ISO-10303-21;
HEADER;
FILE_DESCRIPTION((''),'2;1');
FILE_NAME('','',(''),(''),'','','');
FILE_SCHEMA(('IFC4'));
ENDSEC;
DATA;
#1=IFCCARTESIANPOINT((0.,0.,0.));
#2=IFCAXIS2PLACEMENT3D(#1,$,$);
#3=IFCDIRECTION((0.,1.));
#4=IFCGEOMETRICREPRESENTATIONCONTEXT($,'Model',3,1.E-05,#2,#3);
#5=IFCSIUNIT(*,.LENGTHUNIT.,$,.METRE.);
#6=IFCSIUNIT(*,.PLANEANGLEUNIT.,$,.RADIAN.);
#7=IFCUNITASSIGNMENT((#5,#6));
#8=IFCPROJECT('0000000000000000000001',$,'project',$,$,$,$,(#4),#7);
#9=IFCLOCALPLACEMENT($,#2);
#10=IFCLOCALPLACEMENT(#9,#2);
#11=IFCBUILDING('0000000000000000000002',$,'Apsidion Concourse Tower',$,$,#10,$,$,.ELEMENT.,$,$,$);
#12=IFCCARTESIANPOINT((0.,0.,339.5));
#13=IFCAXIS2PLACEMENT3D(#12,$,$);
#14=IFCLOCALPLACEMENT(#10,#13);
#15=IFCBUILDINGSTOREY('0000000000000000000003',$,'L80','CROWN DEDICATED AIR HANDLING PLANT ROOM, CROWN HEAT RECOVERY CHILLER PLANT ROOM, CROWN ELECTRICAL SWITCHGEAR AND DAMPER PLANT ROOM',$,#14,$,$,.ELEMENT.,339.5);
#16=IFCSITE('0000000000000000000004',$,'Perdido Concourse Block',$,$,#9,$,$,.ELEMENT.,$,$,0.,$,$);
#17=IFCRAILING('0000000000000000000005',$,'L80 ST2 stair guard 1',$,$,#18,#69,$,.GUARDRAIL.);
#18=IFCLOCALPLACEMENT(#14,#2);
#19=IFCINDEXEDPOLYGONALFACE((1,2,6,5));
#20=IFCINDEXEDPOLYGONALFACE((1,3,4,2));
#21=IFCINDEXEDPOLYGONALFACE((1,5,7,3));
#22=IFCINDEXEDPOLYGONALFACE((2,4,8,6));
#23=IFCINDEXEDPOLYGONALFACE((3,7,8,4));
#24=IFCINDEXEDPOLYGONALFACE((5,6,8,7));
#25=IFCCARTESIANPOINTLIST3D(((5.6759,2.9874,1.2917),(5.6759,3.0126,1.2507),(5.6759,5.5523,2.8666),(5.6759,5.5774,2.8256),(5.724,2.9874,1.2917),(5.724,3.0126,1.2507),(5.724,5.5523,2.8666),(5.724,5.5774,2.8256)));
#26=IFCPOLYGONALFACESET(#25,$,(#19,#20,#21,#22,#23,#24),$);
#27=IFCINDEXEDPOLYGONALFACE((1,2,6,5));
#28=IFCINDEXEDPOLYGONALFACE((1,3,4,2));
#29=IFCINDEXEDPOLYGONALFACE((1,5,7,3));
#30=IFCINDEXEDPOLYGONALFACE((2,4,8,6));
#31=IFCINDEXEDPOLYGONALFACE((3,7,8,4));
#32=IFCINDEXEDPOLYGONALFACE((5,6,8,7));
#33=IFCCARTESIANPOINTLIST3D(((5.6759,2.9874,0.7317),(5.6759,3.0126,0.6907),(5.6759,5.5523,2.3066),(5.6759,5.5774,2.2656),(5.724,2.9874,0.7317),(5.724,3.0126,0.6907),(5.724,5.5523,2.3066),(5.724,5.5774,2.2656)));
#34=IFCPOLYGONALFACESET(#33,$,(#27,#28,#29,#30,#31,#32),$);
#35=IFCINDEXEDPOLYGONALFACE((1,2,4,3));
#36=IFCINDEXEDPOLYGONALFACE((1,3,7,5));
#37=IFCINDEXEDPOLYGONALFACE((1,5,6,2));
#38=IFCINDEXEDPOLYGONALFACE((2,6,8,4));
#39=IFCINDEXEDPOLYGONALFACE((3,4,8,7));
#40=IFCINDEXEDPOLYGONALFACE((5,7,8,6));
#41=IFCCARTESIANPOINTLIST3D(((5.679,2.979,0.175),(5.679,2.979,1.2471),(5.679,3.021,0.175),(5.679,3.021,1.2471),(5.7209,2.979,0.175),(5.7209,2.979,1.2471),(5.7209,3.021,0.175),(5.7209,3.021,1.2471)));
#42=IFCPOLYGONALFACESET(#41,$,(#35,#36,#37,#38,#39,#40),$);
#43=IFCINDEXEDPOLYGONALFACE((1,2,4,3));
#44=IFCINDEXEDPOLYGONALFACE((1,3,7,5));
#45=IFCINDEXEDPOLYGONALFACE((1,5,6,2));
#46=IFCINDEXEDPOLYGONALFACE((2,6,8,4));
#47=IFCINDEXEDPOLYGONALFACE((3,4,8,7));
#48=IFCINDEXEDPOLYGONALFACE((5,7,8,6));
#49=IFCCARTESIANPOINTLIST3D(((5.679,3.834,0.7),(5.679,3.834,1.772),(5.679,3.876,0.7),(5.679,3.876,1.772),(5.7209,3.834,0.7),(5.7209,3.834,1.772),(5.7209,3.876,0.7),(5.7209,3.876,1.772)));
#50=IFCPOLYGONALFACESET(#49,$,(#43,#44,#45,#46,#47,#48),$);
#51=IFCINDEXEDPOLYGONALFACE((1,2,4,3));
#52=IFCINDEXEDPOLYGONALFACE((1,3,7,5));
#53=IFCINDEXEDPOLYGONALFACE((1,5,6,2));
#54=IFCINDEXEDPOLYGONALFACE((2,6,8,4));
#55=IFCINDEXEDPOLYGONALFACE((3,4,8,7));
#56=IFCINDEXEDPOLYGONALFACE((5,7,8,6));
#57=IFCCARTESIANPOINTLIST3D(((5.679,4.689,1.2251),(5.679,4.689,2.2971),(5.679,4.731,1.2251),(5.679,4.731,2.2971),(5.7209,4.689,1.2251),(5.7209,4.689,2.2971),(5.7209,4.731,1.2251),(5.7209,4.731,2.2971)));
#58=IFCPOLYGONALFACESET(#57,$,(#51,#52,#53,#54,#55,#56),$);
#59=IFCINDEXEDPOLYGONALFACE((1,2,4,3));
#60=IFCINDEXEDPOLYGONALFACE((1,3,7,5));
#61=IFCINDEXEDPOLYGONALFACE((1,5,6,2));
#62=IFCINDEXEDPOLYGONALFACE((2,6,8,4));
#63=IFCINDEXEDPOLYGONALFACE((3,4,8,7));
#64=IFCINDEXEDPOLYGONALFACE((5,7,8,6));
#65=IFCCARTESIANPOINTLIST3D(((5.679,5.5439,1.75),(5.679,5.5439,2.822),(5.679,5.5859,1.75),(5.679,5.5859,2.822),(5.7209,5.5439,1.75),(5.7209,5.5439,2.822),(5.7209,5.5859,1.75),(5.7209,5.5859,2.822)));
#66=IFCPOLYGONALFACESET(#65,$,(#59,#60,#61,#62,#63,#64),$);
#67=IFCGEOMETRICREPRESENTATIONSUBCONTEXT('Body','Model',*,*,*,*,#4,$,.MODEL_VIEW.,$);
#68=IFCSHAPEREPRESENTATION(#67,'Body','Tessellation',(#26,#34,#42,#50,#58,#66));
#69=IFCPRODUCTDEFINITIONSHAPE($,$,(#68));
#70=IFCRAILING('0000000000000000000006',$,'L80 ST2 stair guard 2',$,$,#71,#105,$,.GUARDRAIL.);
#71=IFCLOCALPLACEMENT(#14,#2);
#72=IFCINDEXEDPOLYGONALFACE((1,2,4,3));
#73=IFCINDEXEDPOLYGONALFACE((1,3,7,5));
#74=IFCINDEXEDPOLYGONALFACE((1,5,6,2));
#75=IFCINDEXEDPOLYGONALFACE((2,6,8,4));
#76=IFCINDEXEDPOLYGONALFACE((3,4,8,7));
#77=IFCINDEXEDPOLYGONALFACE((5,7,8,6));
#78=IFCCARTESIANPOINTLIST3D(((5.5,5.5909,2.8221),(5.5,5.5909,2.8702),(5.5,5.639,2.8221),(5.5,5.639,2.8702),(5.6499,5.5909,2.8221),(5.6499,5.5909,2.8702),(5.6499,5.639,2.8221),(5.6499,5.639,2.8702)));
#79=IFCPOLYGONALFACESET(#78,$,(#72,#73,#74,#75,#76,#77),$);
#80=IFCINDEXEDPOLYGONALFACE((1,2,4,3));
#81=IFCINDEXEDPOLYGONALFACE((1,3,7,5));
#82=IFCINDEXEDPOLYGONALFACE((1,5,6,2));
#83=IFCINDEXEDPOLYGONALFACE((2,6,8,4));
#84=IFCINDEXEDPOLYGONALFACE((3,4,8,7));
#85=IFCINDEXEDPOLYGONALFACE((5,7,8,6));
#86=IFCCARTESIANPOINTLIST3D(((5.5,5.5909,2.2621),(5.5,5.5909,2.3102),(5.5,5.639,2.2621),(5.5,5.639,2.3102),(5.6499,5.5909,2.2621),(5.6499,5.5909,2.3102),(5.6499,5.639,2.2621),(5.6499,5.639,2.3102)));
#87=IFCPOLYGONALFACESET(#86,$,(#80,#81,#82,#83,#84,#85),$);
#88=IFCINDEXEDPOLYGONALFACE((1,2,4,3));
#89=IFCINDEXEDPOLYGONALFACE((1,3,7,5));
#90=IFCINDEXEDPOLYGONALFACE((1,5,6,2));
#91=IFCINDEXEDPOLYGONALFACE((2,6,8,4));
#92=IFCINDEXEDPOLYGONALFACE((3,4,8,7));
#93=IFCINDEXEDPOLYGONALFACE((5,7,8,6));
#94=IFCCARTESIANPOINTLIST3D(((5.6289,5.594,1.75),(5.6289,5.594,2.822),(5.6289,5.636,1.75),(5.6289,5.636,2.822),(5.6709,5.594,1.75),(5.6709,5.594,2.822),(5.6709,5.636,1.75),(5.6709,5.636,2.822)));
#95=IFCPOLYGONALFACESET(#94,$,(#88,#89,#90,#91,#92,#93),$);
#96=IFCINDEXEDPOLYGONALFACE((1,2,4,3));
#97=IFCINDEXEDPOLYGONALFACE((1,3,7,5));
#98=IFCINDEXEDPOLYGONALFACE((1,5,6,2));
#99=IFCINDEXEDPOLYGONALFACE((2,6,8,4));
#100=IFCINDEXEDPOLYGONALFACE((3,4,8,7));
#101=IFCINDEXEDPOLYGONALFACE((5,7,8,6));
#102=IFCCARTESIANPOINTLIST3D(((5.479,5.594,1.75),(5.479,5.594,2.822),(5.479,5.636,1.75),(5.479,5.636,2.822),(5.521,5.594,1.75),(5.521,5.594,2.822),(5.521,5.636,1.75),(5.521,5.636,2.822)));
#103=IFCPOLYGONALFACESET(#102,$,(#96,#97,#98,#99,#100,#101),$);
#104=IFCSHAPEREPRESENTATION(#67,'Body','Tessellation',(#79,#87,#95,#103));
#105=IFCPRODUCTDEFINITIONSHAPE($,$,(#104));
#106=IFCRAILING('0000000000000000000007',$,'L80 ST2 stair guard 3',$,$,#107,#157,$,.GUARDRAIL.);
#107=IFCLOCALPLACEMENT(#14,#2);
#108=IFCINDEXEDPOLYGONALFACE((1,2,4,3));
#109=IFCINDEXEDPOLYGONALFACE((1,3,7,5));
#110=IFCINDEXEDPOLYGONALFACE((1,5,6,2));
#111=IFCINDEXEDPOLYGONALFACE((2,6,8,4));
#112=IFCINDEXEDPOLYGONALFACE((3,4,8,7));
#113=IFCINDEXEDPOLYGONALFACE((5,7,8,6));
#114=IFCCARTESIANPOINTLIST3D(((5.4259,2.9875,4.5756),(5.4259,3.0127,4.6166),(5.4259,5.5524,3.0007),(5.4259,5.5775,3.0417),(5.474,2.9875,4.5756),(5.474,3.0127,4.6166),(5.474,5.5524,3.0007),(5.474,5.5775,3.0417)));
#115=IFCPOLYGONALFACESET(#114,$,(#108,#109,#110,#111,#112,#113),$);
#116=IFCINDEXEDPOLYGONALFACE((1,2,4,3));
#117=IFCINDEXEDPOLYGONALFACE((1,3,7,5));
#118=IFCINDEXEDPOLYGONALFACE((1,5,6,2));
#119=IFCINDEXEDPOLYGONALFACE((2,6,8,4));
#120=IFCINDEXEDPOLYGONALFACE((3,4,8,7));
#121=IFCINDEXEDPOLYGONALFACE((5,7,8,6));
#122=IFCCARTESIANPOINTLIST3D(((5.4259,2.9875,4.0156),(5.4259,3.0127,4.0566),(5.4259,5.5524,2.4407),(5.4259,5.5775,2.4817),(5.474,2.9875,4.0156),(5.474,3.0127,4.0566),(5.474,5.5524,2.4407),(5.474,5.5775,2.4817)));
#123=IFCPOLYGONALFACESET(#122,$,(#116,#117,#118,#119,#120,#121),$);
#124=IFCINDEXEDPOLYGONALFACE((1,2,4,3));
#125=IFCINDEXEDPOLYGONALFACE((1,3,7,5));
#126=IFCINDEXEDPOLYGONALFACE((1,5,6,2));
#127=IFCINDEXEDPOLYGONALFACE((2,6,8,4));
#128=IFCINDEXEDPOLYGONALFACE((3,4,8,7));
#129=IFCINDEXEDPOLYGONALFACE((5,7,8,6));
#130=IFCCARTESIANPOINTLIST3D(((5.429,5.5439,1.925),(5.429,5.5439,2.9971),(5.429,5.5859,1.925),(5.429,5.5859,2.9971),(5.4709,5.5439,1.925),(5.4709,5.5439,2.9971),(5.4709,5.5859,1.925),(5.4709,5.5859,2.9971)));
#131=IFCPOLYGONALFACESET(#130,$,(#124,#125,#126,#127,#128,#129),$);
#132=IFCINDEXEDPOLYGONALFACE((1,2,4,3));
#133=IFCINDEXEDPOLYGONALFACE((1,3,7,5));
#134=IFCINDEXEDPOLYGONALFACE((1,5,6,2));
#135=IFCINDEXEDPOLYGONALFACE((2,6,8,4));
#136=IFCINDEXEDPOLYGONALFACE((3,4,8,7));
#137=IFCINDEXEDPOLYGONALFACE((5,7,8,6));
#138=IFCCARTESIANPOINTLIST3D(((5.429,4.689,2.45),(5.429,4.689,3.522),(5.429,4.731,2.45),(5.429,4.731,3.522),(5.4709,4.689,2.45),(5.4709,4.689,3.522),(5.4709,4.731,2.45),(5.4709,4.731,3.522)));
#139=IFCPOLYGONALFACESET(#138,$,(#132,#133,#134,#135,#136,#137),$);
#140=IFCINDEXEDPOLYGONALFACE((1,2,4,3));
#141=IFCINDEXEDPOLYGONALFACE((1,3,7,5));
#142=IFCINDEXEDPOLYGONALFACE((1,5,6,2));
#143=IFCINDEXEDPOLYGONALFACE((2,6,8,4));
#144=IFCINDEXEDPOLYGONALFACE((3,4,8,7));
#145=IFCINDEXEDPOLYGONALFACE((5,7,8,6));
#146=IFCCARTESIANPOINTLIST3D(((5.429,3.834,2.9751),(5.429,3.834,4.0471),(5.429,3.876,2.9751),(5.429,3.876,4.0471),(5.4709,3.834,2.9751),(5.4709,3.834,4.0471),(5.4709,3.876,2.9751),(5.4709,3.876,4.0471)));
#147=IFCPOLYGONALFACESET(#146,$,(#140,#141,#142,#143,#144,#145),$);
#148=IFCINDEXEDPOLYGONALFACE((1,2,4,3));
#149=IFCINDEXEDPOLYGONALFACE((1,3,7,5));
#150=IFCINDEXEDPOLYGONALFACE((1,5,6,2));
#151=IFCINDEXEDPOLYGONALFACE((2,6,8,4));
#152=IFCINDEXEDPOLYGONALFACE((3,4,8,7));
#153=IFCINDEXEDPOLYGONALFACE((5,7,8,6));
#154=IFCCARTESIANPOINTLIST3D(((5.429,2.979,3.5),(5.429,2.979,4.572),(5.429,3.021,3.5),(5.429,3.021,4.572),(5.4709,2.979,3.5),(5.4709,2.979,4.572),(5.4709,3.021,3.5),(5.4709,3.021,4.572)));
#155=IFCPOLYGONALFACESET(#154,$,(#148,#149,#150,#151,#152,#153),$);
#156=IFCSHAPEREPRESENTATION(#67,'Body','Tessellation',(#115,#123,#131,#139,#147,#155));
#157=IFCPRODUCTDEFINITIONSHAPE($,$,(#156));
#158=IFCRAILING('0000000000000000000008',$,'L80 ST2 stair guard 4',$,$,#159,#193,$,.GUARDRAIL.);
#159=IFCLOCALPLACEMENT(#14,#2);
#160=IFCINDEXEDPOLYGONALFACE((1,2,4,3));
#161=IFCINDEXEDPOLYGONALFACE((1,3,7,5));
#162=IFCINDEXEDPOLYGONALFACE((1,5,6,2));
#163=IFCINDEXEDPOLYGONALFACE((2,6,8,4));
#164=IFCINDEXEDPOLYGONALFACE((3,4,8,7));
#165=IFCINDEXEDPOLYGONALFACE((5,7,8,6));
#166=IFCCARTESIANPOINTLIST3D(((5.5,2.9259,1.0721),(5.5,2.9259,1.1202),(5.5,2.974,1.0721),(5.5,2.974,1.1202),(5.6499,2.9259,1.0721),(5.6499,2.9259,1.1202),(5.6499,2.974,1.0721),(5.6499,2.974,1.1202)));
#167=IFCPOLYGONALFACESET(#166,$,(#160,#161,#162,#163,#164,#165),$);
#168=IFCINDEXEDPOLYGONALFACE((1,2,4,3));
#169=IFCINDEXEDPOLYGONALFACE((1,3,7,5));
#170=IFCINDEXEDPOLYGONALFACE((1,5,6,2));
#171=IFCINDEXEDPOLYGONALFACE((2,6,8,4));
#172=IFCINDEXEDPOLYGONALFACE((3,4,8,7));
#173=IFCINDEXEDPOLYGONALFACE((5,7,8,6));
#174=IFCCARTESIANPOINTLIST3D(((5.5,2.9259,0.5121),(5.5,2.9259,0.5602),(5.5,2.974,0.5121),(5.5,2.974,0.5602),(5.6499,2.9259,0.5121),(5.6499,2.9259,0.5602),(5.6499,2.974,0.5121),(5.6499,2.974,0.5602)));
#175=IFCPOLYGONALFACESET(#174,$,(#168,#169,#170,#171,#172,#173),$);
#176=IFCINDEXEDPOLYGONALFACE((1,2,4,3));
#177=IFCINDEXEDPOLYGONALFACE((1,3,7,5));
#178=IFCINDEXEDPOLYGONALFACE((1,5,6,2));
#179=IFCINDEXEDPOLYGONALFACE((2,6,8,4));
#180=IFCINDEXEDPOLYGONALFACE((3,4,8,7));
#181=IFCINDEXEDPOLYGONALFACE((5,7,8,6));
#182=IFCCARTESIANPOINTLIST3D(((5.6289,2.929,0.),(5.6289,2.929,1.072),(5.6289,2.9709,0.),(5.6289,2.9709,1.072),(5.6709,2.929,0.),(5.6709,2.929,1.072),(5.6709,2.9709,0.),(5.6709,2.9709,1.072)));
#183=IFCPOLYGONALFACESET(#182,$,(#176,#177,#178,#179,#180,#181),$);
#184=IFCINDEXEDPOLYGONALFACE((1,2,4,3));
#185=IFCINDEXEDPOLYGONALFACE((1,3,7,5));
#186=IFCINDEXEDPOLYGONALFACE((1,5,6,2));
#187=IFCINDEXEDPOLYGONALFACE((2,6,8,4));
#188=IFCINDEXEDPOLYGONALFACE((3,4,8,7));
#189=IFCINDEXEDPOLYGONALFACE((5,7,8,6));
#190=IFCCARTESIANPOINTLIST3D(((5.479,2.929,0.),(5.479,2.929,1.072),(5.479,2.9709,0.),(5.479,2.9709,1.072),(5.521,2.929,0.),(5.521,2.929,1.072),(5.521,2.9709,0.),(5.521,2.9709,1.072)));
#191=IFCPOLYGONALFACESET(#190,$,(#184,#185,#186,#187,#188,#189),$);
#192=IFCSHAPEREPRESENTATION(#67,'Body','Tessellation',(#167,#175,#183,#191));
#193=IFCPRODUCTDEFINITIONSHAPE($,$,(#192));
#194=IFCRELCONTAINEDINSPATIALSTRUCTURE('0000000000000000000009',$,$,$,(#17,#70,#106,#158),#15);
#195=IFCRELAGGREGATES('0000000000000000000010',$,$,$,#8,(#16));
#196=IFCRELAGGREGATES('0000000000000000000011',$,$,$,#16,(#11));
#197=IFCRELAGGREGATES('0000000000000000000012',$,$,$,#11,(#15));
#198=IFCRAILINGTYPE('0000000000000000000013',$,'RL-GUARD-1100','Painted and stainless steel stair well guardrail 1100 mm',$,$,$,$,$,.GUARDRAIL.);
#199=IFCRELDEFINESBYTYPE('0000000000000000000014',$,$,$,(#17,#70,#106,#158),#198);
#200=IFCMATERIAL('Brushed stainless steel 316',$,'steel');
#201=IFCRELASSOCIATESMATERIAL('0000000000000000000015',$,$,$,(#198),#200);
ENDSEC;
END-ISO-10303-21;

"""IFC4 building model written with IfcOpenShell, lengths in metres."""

from ifc_helpers import new_model, si_unit, direction, frame, origin, origin_2d, place, context, subcontext, project, spatial, rectangle, extrude, material, type_object, element, save


model = new_model("IFC4")

# Units and contexts
model_context = context("Model", 3, precision=1e-05, world=origin(), true_north=direction((0.0, 1.0)))
body_context = subcontext(model_context, "Body", "Model", "MODEL_VIEW")
ifc_project = project(units=[si_unit("LENGTHUNIT", "METRE"), si_unit("PLANEANGLEUNIT", "RADIAN")], contexts=[model_context])

# Site, building, storey
site_placement = place(None, origin())
site = spatial("IfcSite", under=ifc_project, at=site_placement, Name="Perdido Concourse Block", CompositionType="ELEMENT", RefElevation=0.0)
building_placement = place(site_placement, origin())
building = spatial("IfcBuilding", under=site, at=building_placement, Name="Apsidion Concourse Tower", CompositionType="ELEMENT")
storey_placement = place(building_placement, frame((0.0, 0.0, 339.5)))
storey = spatial("IfcBuildingStorey", under=building, at=storey_placement, Name="L80", Description="CROWN DEDICATED AIR HANDLING PLANT ROOM, CROWN HEAT RECOVERY CHILLER PLANT ROOM, CROWN ELECTRICAL SWITCHGEAR AND DAMPER PLANT ROOM", CompositionType="ELEMENT", Elevation=339.5)

# Shared definitions
ifc_material_1 = material(Name="Brushed stainless steel 316", Category="steel")

# Railings
railing_type_1 = type_object("IfcRailingType", Name="RL-GUARD-1100", Description="Painted and stainless steel stair well guardrail 1100 mm", PredefinedType="GUARDRAIL", material=ifc_material_1)
railing_1_placement = place(storey_placement, frame((5.7, 3.0, 0.175)))
element("IfcRailing", 1, at=railing_1_placement, inside=storey, type_object=railing_type_1, Name="L80 ST2 stair guard 1", PredefinedType="GUARDRAIL", context=body_context, shape_type="SweptSolid", body=[
    extrude(rectangle(XDim=0.0481, YDim=0.0481, at=origin_2d()), frame((0.0, 0.0, 1.0962), z_axis=(0.0, 0.852173, 0.52326), x_axis=(-1.0, 0.0, 0.0)), (0.0, 0.0, 1.0), 3.0098),
    extrude(rectangle(XDim=0.0481, YDim=0.0481, at=origin_2d()), frame((0.0, 0.0, 0.5361), z_axis=(0.0, 0.852173, 0.52326), x_axis=(-1.0, 0.0, 0.0)), (0.0, 0.0, 1.0), 3.0098),
    extrude(rectangle(XDim=0.042, YDim=0.042, at=origin_2d()), origin(), (0.0, 0.0, 1.0), 1.072),
    extrude(rectangle(XDim=0.042, YDim=0.042, at=origin_2d()), frame((0.0, 0.855, 0.5249)), (0.0, 0.0, 1.0), 1.072),
    extrude(rectangle(XDim=0.042, YDim=0.042, at=origin_2d()), frame((0.0, 1.71, 1.05)), (0.0, 0.0, 1.0), 1.072),
    extrude(rectangle(XDim=0.042, YDim=0.042, at=origin_2d()), frame((0.0, 2.5649, 1.575)), (0.0, 0.0, 1.0), 1.072),
])
railing_2_placement = place(storey_placement, frame((5.6499, 5.615, 1.75)))
element("IfcRailing", 2, at=railing_2_placement, inside=storey, type_object=railing_type_1, Name="L80 ST2 stair guard 2", PredefinedType="GUARDRAIL", context=body_context, shape_type="SweptSolid", body=[
    extrude(rectangle(XDim=0.0481, YDim=0.0481, at=origin_2d()), frame((0.0, 0.0, 1.0962), z_axis=(-1.0, 0.0, 0.0), x_axis=(0.0, -1.0, 0.0)), (0.0, 0.0, 1.0), 0.1499),
    extrude(rectangle(XDim=0.0481, YDim=0.0481, at=origin_2d()), frame((0.0, 0.0, 0.5361), z_axis=(-1.0, 0.0, 0.0), x_axis=(0.0, -1.0, 0.0)), (0.0, 0.0, 1.0), 0.1499),
    extrude(rectangle(XDim=0.042, YDim=0.042, at=origin_2d()), origin(), (0.0, 0.0, 1.0), 1.072),
    extrude(rectangle(XDim=0.042, YDim=0.042, at=origin_2d()), frame((-0.1499, 0.0, 0.0)), (0.0, 0.0, 1.0), 1.072),
])
railing_3_placement = place(storey_placement, frame((5.45, 5.5649, 1.925)))
element("IfcRailing", 3, at=railing_3_placement, inside=storey, type_object=railing_type_1, Name="L80 ST2 stair guard 3", PredefinedType="GUARDRAIL", context=body_context, shape_type="SweptSolid", body=[
    extrude(rectangle(XDim=0.0481, YDim=0.0481, at=origin_2d()), frame((0.0, 0.0, 1.0962), z_axis=(0.0, -0.852173, 0.52326), x_axis=(1.0, 0.0, 0.0)), (0.0, 0.0, 1.0), 3.0098),
    extrude(rectangle(XDim=0.0481, YDim=0.0481, at=origin_2d()), frame((0.0, 0.0, 0.5361), z_axis=(0.0, -0.852173, 0.52326), x_axis=(1.0, 0.0, 0.0)), (0.0, 0.0, 1.0), 3.0098),
    extrude(rectangle(XDim=0.042, YDim=0.042, at=origin_2d()), origin(), (0.0, 0.0, 1.0), 1.072),
    extrude(rectangle(XDim=0.042, YDim=0.042, at=origin_2d()), frame((0.0, -0.855, 0.5249)), (0.0, 0.0, 1.0), 1.072),
    extrude(rectangle(XDim=0.042, YDim=0.042, at=origin_2d()), frame((0.0, -1.71, 1.05)), (0.0, 0.0, 1.0), 1.072),
    extrude(rectangle(XDim=0.042, YDim=0.042, at=origin_2d()), frame((0.0, -2.5649, 1.575)), (0.0, 0.0, 1.0), 1.072),
])
railing_4_placement = place(storey_placement, frame((5.6499, 2.95, 0.0)))
element("IfcRailing", 4, at=railing_4_placement, inside=storey, type_object=railing_type_1, Name="L80 ST2 stair guard 4", PredefinedType="GUARDRAIL", context=body_context, shape_type="SweptSolid", body=[
    extrude(rectangle(XDim=0.0481, YDim=0.0481, at=origin_2d()), frame((0.0, 0.0, 1.0962), z_axis=(-1.0, 0.0, 0.0), x_axis=(0.0, -1.0, 0.0)), (0.0, 0.0, 1.0), 0.1499),
    extrude(rectangle(XDim=0.0481, YDim=0.0481, at=origin_2d()), frame((0.0, 0.0, 0.5361), z_axis=(-1.0, 0.0, 0.0), x_axis=(0.0, -1.0, 0.0)), (0.0, 0.0, 1.0), 0.1499),
    extrude(rectangle(XDim=0.042, YDim=0.042, at=origin_2d()), origin(), (0.0, 0.0, 1.0), 1.072),
    extrude(rectangle(XDim=0.042, YDim=0.042, at=origin_2d()), frame((-0.1499, 0.0, 0.0)), (0.0, 0.0, 1.0), 1.072),
])

save(model, "model.ifc")
